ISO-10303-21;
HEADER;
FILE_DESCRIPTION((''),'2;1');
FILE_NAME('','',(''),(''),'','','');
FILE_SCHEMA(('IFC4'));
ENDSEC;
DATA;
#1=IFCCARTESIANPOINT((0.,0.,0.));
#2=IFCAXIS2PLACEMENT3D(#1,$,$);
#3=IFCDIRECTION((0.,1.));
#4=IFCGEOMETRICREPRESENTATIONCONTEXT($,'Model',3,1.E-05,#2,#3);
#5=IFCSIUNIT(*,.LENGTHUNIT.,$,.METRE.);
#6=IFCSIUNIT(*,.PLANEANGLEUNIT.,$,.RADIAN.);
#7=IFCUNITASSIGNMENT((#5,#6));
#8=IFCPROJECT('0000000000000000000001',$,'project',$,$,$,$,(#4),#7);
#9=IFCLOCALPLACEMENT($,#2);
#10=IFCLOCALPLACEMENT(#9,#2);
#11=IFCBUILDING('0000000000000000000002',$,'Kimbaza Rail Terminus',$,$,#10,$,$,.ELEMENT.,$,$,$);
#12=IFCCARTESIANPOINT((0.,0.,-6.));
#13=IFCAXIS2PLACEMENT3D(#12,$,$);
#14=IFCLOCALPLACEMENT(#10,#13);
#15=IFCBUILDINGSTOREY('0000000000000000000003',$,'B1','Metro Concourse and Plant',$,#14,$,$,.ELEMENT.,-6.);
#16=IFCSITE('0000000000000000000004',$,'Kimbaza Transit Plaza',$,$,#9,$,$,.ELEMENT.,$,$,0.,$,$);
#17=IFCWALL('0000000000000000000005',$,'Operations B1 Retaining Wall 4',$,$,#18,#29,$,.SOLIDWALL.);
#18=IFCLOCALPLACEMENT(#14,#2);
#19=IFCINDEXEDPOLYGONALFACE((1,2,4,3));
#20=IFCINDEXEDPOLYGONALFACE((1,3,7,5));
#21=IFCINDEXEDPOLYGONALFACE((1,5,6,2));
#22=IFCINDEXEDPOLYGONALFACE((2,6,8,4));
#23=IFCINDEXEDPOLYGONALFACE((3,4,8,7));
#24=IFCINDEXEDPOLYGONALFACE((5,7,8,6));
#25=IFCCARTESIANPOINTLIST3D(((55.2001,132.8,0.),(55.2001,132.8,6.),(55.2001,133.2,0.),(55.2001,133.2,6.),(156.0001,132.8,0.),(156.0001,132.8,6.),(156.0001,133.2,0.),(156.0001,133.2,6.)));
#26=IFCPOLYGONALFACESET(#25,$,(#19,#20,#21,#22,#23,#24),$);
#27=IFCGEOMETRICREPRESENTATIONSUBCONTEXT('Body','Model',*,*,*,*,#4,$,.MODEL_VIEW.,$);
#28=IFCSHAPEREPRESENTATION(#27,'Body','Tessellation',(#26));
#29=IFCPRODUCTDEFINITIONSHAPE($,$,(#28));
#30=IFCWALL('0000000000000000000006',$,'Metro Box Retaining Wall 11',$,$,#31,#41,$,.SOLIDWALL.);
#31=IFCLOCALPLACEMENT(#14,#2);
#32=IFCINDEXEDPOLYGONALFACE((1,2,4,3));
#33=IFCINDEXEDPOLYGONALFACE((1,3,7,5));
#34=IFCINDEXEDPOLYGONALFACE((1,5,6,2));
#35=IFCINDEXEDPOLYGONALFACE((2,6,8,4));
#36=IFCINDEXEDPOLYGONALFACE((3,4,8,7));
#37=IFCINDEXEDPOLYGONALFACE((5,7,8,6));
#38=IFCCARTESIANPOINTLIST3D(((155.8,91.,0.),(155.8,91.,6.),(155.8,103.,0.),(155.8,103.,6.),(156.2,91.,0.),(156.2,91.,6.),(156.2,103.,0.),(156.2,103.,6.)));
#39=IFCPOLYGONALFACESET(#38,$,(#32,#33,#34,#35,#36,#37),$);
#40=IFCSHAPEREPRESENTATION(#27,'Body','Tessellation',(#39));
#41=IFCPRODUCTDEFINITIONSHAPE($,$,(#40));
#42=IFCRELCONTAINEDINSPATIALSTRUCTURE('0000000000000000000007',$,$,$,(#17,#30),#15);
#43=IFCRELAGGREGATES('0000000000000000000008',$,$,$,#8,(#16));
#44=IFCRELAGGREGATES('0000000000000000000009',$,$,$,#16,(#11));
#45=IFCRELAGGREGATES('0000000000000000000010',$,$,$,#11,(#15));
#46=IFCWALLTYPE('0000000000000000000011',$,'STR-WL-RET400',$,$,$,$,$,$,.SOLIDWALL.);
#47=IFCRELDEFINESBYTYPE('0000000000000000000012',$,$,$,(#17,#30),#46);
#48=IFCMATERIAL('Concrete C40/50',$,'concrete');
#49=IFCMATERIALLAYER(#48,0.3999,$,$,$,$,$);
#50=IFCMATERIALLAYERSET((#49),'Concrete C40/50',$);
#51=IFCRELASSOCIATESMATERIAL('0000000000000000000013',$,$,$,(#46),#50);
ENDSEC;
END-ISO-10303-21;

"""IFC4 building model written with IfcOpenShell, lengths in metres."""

from ifc_helpers import new_model, si_unit, direction, frame, frame_2d, origin, place, context, subcontext, project, spatial, rectangle, extrude, material, layer, layer_set, type_object, element, save


model = new_model("IFC4")

# Units and contexts
model_context = context("Model", 3, precision=1e-05, world=origin(), true_north=direction((0.0, 1.0)))
body_context = subcontext(model_context, "Body", "Model", "MODEL_VIEW")
ifc_project = project(units=[si_unit("LENGTHUNIT", "METRE"), si_unit("PLANEANGLEUNIT", "RADIAN")], contexts=[model_context])

# Site, building, storey
site_placement = place(None, origin())
site = spatial("IfcSite", under=ifc_project, at=site_placement, Name="Kimbaza Transit Plaza", CompositionType="ELEMENT", RefElevation=0.0)
building_placement = place(site_placement, origin())
building = spatial("IfcBuilding", under=site, at=building_placement, Name="Kimbaza Rail Terminus", CompositionType="ELEMENT")
storey_placement = place(building_placement, frame((0.0, 0.0, -6.0)))
storey = spatial("IfcBuildingStorey", under=building, at=storey_placement, Name="B1", Description="Metro Concourse and Plant", CompositionType="ELEMENT", Elevation=-6.0)

# Walls
ifc_material_1 = material(Name="Concrete C40/50", Category="concrete")
ifc_layer_1 = layer(ifc_material_1, 0.3999)
ifc_layer_set_1 = layer_set([ifc_layer_1], Name="Concrete C40/50")
wall_type = type_object("IfcWallType", Name="STR-WL-RET400", PredefinedType="SOLIDWALL", material=ifc_layer_set_1)
wall_1_placement = place(storey_placement, frame((156.0, 133.0, 0.0), z_axis=(0.0, 0.0, 1.0), x_axis=(-1.0, 0.0, 0.0)))
element("IfcWall", 1, at=wall_1_placement, inside=storey, type_object=wall_type, Name="Operations B1 Retaining Wall 4", PredefinedType="SOLIDWALL", context=body_context, shape_type="SweptSolid", body=[
    extrude(rectangle(XDim=100.8, YDim=0.3999, at=frame_2d((50.3999, 0.0))), origin(), (0.0, 0.0, 1.0), 6.0),
])
wall_2_placement = place(storey_placement, frame((156.0, 91.0, 0.0), z_axis=(0.0, 0.0, 1.0), x_axis=(0.0, 1.0, 0.0)))
element("IfcWall", 2, at=wall_2_placement, inside=storey, type_object=wall_type, Name="Metro Box Retaining Wall 11", PredefinedType="SOLIDWALL", context=body_context, shape_type="SweptSolid", body=[
    extrude(rectangle(XDim=12.0, YDim=0.3999, at=frame_2d((6.0, 0.0))), origin(), (0.0, 0.0, 1.0), 6.0),
])

save(model, "model.ifc")
